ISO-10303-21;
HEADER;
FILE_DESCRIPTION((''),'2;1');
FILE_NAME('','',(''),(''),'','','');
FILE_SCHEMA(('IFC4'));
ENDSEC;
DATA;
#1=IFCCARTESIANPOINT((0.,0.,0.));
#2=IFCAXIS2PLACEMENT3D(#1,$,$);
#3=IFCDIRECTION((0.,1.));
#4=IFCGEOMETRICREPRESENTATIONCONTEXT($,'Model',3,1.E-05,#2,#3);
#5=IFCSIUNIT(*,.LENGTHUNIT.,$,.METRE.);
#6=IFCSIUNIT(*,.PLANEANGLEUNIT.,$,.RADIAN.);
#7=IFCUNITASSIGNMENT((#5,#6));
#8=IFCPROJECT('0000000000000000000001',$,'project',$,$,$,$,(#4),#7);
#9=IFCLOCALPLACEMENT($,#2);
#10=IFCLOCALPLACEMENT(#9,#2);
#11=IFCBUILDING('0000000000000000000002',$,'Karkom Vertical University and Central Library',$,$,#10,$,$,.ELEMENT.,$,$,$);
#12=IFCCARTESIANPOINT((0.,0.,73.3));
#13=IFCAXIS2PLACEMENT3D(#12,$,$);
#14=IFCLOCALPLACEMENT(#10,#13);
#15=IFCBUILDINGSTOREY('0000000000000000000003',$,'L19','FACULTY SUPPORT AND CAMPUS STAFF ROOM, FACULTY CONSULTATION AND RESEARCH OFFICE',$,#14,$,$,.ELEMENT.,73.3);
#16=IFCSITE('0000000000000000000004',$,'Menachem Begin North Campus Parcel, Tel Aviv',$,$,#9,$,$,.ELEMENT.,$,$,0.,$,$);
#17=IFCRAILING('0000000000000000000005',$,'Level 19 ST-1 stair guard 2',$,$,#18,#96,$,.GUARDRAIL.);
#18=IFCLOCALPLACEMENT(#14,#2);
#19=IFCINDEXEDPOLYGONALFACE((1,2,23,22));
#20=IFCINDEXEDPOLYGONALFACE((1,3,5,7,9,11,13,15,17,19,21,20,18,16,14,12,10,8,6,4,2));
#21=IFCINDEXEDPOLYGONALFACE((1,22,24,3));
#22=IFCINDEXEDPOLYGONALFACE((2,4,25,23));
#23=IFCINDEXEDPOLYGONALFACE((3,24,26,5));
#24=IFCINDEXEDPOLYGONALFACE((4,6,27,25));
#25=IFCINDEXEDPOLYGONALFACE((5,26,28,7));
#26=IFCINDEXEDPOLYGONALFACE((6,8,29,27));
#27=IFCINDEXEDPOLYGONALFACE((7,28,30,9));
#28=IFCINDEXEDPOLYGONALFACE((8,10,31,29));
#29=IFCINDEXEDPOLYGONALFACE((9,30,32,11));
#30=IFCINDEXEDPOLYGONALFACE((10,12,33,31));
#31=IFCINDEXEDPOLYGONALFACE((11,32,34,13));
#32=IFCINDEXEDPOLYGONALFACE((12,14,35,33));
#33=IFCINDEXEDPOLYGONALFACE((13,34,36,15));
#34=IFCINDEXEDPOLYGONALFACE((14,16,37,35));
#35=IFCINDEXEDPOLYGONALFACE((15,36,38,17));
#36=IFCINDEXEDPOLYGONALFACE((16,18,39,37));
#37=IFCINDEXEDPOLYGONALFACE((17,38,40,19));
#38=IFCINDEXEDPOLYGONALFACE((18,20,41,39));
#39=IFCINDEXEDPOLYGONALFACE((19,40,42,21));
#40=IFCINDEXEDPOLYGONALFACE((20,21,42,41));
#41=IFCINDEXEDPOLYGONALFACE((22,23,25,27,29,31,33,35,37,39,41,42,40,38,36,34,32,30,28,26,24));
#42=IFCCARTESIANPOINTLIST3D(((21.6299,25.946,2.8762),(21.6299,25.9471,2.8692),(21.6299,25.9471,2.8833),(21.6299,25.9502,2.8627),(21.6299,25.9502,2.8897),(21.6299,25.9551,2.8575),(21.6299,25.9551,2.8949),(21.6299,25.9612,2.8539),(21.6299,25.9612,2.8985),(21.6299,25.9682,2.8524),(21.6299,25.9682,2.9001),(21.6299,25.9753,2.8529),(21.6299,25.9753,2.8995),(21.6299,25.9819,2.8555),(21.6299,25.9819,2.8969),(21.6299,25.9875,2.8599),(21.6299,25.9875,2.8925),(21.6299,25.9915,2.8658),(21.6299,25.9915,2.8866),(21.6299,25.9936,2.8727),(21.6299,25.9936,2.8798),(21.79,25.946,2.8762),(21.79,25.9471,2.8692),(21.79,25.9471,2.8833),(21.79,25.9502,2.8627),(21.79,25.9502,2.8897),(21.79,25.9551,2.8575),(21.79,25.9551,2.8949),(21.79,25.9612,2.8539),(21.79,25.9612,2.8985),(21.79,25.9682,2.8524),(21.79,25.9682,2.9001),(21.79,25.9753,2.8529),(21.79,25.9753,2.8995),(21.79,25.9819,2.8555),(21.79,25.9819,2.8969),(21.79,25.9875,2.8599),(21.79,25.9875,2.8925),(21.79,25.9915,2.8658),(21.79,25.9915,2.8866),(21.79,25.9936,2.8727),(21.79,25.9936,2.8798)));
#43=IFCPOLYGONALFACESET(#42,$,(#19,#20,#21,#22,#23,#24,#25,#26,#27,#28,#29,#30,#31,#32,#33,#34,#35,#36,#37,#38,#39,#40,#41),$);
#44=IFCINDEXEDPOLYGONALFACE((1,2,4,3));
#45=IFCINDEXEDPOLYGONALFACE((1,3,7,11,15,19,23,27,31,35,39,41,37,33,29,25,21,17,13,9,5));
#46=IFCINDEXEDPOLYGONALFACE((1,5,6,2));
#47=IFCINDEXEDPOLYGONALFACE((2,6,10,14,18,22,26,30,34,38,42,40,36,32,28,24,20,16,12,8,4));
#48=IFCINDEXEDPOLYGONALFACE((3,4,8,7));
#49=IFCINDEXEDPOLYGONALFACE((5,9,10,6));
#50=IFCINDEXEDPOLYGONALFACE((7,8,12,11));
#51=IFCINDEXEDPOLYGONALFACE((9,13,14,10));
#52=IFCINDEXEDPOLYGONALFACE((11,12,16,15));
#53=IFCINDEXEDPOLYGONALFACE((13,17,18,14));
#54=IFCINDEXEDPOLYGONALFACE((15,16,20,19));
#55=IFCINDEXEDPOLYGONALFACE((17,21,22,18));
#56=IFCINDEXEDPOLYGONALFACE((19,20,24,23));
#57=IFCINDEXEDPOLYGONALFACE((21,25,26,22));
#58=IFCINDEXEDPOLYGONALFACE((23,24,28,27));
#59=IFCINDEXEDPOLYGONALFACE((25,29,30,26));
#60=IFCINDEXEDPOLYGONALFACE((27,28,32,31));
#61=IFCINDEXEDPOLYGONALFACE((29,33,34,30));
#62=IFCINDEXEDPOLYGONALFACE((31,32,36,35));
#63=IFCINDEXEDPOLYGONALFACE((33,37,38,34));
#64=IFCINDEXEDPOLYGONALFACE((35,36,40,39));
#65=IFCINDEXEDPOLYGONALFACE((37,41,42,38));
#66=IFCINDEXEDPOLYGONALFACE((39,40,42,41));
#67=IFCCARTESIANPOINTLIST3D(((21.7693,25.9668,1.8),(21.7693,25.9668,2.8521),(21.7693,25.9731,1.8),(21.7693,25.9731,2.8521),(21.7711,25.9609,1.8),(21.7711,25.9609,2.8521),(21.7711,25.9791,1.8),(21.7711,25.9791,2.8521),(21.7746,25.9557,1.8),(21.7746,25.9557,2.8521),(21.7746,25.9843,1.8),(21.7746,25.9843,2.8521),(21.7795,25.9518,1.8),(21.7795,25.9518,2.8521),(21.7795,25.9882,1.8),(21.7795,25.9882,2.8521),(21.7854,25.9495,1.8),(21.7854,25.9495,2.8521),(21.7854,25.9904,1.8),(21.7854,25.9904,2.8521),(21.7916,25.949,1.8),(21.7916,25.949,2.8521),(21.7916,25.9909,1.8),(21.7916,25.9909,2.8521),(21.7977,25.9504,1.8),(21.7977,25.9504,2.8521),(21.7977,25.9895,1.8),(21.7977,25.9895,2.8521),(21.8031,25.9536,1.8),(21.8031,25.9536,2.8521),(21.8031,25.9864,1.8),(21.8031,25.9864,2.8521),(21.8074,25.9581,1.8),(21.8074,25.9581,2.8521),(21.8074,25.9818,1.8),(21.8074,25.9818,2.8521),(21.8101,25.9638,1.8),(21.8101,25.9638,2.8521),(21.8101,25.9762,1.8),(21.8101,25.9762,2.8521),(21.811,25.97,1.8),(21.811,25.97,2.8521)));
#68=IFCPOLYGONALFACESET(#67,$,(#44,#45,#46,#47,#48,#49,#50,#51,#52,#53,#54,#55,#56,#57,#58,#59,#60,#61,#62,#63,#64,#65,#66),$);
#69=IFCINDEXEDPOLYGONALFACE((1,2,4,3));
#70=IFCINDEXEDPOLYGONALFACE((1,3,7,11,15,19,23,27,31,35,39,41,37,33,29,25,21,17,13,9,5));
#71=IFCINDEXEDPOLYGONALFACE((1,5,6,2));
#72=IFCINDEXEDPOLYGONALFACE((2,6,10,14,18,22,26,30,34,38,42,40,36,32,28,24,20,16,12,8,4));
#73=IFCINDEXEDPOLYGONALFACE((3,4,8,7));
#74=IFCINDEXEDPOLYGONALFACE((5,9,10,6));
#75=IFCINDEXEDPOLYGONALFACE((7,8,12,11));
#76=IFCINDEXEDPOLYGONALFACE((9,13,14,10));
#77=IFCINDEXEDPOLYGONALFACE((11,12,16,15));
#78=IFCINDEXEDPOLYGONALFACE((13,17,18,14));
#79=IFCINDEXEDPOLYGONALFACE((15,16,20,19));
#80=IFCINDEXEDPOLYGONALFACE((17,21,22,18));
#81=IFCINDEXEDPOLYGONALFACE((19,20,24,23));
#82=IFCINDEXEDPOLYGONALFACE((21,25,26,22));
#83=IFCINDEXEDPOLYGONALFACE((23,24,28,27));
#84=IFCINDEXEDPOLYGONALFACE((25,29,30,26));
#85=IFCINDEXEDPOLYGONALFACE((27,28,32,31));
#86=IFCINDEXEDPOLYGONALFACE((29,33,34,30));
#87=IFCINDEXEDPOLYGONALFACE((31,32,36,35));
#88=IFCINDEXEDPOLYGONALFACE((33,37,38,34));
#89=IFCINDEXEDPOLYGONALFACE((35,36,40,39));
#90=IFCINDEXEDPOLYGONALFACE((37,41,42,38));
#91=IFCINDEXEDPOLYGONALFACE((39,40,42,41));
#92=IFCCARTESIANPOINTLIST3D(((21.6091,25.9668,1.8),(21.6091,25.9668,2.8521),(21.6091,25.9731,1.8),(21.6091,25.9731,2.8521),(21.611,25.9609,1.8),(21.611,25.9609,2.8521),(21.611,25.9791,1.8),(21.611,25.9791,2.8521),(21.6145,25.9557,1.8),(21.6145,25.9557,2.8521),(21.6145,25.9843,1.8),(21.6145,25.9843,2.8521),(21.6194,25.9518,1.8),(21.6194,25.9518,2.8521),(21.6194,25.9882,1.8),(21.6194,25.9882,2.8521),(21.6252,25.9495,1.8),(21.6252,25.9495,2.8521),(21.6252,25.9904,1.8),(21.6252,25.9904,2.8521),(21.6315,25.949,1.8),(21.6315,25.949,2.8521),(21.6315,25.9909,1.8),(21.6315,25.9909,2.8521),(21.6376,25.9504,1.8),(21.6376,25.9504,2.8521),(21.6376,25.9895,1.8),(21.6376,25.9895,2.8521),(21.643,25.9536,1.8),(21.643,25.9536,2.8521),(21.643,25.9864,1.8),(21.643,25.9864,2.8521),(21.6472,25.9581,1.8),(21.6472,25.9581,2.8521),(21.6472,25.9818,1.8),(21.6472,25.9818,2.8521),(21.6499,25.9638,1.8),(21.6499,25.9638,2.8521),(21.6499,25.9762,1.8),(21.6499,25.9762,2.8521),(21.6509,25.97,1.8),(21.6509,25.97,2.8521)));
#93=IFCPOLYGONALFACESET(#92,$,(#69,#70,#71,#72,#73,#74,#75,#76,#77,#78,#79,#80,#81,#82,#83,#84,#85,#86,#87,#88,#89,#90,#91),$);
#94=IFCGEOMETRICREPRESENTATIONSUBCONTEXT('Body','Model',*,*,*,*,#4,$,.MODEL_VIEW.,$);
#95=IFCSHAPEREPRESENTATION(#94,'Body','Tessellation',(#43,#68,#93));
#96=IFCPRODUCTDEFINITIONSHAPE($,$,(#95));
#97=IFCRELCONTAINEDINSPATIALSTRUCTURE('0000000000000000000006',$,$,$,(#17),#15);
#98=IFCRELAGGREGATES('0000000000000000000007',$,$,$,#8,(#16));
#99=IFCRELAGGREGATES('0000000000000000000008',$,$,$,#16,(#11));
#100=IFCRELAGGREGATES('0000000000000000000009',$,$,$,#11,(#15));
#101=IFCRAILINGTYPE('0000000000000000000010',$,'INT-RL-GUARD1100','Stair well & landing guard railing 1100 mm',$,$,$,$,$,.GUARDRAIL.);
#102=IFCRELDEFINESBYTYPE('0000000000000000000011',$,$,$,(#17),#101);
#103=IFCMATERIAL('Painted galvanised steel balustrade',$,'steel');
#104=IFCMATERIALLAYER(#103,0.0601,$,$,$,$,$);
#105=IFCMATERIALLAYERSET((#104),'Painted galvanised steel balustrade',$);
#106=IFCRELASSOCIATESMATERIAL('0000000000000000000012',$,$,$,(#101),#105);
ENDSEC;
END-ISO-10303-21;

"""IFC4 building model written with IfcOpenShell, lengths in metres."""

from ifc_helpers import new_model, si_unit, direction, frame, origin, origin_2d, place, context, subcontext, project, spatial, circle, extrude, material, layer, layer_set, type_object, element, save


model = new_model("IFC4")

# Units and contexts
model_context = context("Model", 3, precision=1e-05, world=origin(), true_north=direction((0.0, 1.0)))
body_context = subcontext(model_context, "Body", "Model", "MODEL_VIEW")
ifc_project = project(units=[si_unit("LENGTHUNIT", "METRE"), si_unit("PLANEANGLEUNIT", "RADIAN")], contexts=[model_context])

# Site, building, storey
site_placement = place(None, origin())
site = spatial("IfcSite", under=ifc_project, at=site_placement, Name="Menachem Begin North Campus Parcel, Tel Aviv", CompositionType="ELEMENT", RefElevation=0.0)
building_placement = place(site_placement, origin())
building = spatial("IfcBuilding", under=site, at=building_placement, Name="Karkom Vertical University and Central Library", CompositionType="ELEMENT")
storey_placement = place(building_placement, frame((0.0, 0.0, 73.3)))
storey = spatial("IfcBuildingStorey", under=building, at=storey_placement, Name="L19", Description="FACULTY SUPPORT AND CAMPUS STAFF ROOM, FACULTY CONSULTATION AND RESEARCH OFFICE", CompositionType="ELEMENT", Elevation=73.3)

# Railing
ifc_material_1 = material(Name="Painted galvanised steel balustrade", Category="steel")
ifc_layer_1 = layer(ifc_material_1, 0.0601)
ifc_layer_set_1 = layer_set([ifc_layer_1], Name="Painted galvanised steel balustrade")
railing_type_1 = type_object("IfcRailingType", Name="INT-RL-GUARD1100", Description="Stair well & landing guard railing 1100 mm", PredefinedType="GUARDRAIL", material=ifc_layer_set_1)
railing_1_placement = place(storey_placement, frame((21.79, 25.97, 1.8)))
element("IfcRailing", 1, at=railing_1_placement, inside=storey, type_object=railing_type_1, Name="Level 19 ST-1 stair guard 2", PredefinedType="GUARDRAIL", context=body_context, shape_type="SweptSolid", body=[
    extrude(circle(Radius=0.0239, at=origin_2d()), frame((0.0, 0.0, 1.0762), z_axis=(-1.0, 0.0, 0.0), x_axis=(0.0, -1.0, 0.0)), (0.0, 0.0, 1.0), 0.1602),
    extrude(circle(Radius=0.021, at=origin_2d()), origin(), (0.0, 0.0, 1.0), 1.052),
    extrude(circle(Radius=0.021, at=origin_2d()), frame((-0.1602, 0.0, 0.0)), (0.0, 0.0, 1.0), 1.052),
])

save(model, "model.ifc")
